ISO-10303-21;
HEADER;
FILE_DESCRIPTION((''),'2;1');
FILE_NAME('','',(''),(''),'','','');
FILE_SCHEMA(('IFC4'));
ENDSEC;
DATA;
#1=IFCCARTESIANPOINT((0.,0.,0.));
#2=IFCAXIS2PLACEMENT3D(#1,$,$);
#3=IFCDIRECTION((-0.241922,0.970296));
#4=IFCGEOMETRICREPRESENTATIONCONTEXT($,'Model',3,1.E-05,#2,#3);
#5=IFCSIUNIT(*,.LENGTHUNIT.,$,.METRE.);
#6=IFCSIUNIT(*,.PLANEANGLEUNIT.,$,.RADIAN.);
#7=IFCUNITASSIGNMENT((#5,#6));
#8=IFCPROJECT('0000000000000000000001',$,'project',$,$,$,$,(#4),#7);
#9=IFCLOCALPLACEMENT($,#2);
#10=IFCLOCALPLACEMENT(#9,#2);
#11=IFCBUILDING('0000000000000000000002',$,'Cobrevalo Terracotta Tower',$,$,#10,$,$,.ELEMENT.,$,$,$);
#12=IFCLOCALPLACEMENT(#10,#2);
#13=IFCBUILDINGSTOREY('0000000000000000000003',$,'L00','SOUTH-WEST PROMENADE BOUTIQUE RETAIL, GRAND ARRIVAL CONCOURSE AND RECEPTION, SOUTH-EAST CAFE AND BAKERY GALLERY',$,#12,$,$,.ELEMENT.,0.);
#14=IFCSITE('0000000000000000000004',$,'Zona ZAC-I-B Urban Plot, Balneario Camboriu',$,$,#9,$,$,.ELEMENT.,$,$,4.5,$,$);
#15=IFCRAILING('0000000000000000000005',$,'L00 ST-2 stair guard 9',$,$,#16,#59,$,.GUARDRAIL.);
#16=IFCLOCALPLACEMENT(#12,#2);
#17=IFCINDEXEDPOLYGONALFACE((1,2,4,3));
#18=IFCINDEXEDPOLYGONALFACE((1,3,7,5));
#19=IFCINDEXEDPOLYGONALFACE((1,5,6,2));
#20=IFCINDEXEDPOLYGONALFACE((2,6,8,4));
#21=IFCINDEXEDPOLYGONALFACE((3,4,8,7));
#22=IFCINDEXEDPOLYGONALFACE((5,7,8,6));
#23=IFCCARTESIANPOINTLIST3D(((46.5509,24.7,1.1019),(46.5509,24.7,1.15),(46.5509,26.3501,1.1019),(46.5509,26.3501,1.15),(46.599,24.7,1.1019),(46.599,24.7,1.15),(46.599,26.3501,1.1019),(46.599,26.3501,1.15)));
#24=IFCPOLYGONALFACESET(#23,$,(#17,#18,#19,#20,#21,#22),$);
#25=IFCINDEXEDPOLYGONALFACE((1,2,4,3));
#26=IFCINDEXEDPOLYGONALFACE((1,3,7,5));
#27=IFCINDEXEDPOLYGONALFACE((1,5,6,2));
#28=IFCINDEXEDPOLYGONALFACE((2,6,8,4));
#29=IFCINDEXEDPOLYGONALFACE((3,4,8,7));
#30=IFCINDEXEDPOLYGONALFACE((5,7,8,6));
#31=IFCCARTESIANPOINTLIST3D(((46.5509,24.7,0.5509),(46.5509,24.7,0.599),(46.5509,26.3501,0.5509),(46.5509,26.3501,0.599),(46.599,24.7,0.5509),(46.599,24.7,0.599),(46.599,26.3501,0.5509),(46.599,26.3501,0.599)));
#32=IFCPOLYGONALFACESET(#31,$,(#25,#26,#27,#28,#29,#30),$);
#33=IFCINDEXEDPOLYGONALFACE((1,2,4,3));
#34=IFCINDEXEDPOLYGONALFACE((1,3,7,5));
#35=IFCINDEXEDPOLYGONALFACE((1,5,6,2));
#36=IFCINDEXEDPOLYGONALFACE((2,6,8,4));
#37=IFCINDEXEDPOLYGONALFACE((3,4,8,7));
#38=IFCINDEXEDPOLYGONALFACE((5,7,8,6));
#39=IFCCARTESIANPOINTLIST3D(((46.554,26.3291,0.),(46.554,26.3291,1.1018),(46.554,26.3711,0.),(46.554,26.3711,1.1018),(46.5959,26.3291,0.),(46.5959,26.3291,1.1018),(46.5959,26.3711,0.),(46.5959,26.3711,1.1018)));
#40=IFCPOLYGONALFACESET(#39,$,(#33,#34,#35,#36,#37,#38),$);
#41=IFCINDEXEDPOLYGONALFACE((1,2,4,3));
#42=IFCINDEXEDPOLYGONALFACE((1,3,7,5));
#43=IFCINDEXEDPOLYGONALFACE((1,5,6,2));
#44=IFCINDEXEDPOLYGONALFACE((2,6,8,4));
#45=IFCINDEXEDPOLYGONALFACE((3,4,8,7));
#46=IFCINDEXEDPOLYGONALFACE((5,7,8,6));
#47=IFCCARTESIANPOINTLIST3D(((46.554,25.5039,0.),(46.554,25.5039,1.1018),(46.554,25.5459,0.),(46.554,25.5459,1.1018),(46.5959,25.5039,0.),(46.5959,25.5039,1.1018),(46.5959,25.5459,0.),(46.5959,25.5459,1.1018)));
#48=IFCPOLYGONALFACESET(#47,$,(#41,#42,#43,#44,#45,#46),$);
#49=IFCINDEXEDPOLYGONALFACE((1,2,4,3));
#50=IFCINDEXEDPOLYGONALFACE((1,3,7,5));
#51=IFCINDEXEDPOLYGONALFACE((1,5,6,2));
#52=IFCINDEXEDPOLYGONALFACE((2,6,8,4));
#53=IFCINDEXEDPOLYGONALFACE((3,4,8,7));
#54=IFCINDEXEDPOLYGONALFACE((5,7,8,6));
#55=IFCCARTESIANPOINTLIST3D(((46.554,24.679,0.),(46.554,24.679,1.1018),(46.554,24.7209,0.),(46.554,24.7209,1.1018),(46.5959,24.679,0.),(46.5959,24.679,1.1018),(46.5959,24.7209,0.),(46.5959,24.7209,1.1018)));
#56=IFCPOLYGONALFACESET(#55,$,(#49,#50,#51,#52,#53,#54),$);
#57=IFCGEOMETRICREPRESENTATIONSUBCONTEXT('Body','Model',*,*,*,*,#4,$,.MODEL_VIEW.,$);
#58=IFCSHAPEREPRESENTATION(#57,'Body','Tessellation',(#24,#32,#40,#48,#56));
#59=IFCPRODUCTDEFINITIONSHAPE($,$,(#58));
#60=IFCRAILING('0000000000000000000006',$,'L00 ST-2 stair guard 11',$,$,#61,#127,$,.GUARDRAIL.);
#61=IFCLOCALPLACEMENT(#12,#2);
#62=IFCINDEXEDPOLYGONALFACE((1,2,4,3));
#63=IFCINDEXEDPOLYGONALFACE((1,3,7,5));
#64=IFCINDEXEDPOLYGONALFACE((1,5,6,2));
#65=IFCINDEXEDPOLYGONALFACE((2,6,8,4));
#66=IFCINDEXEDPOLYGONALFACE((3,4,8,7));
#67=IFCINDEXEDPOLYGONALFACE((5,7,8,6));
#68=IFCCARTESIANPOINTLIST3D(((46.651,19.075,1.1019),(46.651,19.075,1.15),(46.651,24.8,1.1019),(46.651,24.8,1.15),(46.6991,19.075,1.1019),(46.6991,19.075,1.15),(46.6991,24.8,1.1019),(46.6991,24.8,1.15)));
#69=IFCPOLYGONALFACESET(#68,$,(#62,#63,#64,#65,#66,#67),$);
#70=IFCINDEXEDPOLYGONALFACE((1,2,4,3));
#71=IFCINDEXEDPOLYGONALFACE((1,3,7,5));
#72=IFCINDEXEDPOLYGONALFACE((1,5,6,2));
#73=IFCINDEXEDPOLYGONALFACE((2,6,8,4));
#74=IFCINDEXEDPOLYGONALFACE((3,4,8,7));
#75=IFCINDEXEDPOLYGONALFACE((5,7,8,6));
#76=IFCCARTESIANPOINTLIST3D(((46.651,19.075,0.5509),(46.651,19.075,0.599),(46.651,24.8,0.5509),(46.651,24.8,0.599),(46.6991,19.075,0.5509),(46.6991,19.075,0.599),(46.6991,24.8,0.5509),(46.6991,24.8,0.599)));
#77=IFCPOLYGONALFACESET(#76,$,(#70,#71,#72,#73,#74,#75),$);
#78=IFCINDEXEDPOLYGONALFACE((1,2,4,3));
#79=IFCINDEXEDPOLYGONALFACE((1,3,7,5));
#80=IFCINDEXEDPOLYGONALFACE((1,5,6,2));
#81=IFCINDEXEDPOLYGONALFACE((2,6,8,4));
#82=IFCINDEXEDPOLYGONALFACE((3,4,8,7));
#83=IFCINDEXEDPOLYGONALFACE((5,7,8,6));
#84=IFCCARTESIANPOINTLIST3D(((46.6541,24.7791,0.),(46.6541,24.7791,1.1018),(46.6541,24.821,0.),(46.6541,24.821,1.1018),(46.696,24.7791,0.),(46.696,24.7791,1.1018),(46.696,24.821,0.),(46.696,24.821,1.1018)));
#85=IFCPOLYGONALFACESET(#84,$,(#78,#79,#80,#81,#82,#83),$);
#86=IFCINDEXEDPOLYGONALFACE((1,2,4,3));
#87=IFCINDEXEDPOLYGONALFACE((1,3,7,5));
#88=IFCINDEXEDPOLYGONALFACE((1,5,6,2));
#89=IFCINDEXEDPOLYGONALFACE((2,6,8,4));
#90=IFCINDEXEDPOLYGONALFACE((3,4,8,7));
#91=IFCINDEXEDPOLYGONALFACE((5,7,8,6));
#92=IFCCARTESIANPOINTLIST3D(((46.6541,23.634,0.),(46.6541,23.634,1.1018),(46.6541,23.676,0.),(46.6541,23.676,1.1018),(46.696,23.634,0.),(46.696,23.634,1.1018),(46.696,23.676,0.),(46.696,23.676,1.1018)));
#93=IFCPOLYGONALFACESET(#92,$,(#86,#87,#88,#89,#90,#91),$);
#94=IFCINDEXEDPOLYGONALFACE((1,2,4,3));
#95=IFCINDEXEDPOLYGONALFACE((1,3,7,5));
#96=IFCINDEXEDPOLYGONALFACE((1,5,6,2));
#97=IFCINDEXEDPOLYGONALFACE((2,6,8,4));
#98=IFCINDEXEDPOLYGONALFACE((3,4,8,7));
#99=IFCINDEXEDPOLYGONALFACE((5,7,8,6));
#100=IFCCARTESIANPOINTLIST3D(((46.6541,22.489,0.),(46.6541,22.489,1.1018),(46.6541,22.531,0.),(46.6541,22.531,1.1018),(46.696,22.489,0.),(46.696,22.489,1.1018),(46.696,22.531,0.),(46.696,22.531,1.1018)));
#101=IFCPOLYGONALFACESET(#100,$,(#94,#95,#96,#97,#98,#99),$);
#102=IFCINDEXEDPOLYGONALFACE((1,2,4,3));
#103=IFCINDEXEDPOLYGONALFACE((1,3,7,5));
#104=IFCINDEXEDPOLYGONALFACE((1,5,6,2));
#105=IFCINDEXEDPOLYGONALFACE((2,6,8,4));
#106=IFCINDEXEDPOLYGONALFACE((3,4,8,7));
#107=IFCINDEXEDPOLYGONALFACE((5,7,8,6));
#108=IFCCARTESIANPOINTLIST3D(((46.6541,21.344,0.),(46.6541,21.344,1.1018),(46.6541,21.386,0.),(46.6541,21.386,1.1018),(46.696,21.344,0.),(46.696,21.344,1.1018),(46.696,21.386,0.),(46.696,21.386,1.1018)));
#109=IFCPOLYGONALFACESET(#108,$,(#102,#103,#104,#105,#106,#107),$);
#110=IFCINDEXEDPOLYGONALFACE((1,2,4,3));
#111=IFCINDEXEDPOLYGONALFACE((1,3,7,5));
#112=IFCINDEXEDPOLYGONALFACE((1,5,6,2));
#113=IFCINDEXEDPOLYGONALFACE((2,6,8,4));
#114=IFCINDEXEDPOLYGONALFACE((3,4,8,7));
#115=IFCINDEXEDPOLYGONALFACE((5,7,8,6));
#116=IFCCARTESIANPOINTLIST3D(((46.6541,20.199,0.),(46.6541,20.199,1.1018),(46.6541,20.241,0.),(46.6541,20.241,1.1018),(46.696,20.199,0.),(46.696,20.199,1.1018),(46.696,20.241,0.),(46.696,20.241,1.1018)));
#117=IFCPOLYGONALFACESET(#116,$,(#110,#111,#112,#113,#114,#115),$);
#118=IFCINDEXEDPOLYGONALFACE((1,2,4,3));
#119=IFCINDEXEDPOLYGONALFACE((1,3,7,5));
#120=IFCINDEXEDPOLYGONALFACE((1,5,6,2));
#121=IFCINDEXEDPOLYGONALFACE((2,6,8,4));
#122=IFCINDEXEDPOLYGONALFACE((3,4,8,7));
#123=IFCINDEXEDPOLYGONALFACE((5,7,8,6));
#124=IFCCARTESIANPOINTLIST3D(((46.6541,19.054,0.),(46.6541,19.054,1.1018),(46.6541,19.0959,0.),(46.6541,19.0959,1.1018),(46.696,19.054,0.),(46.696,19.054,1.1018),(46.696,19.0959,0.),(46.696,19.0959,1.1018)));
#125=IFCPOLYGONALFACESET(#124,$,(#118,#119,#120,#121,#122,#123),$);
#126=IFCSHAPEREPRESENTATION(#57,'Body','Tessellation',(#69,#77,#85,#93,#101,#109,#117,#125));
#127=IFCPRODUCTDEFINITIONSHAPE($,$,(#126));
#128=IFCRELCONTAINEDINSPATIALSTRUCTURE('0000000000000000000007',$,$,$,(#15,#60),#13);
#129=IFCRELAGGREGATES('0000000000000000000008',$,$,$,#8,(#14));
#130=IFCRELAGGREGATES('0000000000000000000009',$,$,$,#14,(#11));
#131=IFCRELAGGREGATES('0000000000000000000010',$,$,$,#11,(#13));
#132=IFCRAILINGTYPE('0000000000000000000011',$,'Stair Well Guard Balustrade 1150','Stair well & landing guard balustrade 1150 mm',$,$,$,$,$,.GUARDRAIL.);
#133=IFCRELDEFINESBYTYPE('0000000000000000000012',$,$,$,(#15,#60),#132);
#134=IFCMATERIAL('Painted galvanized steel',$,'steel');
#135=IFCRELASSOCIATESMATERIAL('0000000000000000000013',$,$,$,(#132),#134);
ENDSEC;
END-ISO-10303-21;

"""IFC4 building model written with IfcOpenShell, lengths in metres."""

from ifc_helpers import new_model, si_unit, direction, frame, origin, origin_2d, place, context, subcontext, project, spatial, rectangle, extrude, material, type_object, element, save


model = new_model("IFC4")

# Units and contexts
model_context = context("Model", 3, precision=1e-05, world=origin(), true_north=direction((-0.241922, 0.970296)))
body_context = subcontext(model_context, "Body", "Model", "MODEL_VIEW")
ifc_project = project(units=[si_unit("LENGTHUNIT", "METRE"), si_unit("PLANEANGLEUNIT", "RADIAN")], contexts=[model_context])

# Site, building, storey
site_placement = place(None, origin())
site = spatial("IfcSite", under=ifc_project, at=site_placement, Name="Zona ZAC-I-B Urban Plot, Balneario Camboriu", CompositionType="ELEMENT", RefElevation=4.5)
building_placement = place(site_placement, origin())
building = spatial("IfcBuilding", under=site, at=building_placement, Name="Cobrevalo Terracotta Tower", CompositionType="ELEMENT")
storey_placement = place(building_placement, origin())
storey = spatial("IfcBuildingStorey", under=building, at=storey_placement, Name="L00", Description="SOUTH-WEST PROMENADE BOUTIQUE RETAIL, GRAND ARRIVAL CONCOURSE AND RECEPTION, SOUTH-EAST CAFE AND BAKERY GALLERY", CompositionType="ELEMENT", Elevation=0.0)

# Railings
ifc_material_1 = material(Name="Painted galvanized steel", Category="steel")
railing_type_1 = type_object("IfcRailingType", Name="Stair Well Guard Balustrade 1150", Description="Stair well & landing guard balustrade 1150 mm", PredefinedType="GUARDRAIL", material=ifc_material_1)
for number, where, name in (
    (1, (46.575, 26.3501, 0.0), "L00 ST-2 stair guard 9"),
):
    element("IfcRailing", number, at=place(storey_placement, frame(where)), inside=storey, type_object=railing_type_1, Name=name, PredefinedType="GUARDRAIL", context=body_context, shape_type="SweptSolid", body=[
        extrude(rectangle(XDim=0.0481, YDim=0.0481, at=origin_2d()), frame((0.0, 0.0, 1.126), z_axis=(0.0, -1.0, 0.0), x_axis=(1.0, 0.0, 0.0)), (0.0, 0.0, 1.0), 1.6501),
        extrude(rectangle(XDim=0.0481, YDim=0.0481, at=origin_2d()), frame((0.0, 0.0, 0.575), z_axis=(0.0, -1.0, 0.0), x_axis=(1.0, 0.0, 0.0)), (0.0, 0.0, 1.0), 1.6501),
        extrude(rectangle(XDim=0.042, YDim=0.042, at=origin_2d()), origin(), (0.0, 0.0, 1.0), 1.1018),
        extrude(rectangle(XDim=0.042, YDim=0.042, at=origin_2d()), frame((0.0, -0.8252, 0.0)), (0.0, 0.0, 1.0), 1.1018),
        extrude(rectangle(XDim=0.042, YDim=0.042, at=origin_2d()), frame((0.0, -1.6501, 0.0)), (0.0, 0.0, 1.0), 1.1018),
    ])
railing_1_placement = place(storey_placement, frame((46.675, 24.8, 0.0)))
element("IfcRailing", 2, at=railing_1_placement, inside=storey, type_object=railing_type_1, Name="L00 ST-2 stair guard 11", PredefinedType="GUARDRAIL", context=body_context, shape_type="SweptSolid", body=[
    extrude(rectangle(XDim=0.0481, YDim=0.0481, at=origin_2d()), frame((0.0, 0.0, 1.126), z_axis=(0.0, -1.0, 0.0), x_axis=(1.0, 0.0, 0.0)), (0.0, 0.0, 1.0), 5.7251),
    extrude(rectangle(XDim=0.0481, YDim=0.0481, at=origin_2d()), frame((0.0, 0.0, 0.575), z_axis=(0.0, -1.0, 0.0), x_axis=(1.0, 0.0, 0.0)), (0.0, 0.0, 1.0), 5.7251),
    extrude(rectangle(XDim=0.042, YDim=0.042, at=origin_2d()), origin(), (0.0, 0.0, 1.0), 1.1018),
    extrude(rectangle(XDim=0.042, YDim=0.042, at=origin_2d()), frame((0.0, -1.145, 0.0)), (0.0, 0.0, 1.0), 1.1018),
    extrude(rectangle(XDim=0.042, YDim=0.042, at=origin_2d()), frame((0.0, -2.29, 0.0)), (0.0, 0.0, 1.0), 1.1018),
    extrude(rectangle(XDim=0.042, YDim=0.042, at=origin_2d()), frame((0.0, -3.4351, 0.0)), (0.0, 0.0, 1.0), 1.1018),
    extrude(rectangle(XDim=0.042, YDim=0.042, at=origin_2d()), frame((0.0, -4.5801, 0.0)), (0.0, 0.0, 1.0), 1.1018),
    extrude(rectangle(XDim=0.042, YDim=0.042, at=origin_2d()), frame((0.0, -5.7251, 0.0)), (0.0, 0.0, 1.0), 1.1018),
])

save(model, "model.ifc")
